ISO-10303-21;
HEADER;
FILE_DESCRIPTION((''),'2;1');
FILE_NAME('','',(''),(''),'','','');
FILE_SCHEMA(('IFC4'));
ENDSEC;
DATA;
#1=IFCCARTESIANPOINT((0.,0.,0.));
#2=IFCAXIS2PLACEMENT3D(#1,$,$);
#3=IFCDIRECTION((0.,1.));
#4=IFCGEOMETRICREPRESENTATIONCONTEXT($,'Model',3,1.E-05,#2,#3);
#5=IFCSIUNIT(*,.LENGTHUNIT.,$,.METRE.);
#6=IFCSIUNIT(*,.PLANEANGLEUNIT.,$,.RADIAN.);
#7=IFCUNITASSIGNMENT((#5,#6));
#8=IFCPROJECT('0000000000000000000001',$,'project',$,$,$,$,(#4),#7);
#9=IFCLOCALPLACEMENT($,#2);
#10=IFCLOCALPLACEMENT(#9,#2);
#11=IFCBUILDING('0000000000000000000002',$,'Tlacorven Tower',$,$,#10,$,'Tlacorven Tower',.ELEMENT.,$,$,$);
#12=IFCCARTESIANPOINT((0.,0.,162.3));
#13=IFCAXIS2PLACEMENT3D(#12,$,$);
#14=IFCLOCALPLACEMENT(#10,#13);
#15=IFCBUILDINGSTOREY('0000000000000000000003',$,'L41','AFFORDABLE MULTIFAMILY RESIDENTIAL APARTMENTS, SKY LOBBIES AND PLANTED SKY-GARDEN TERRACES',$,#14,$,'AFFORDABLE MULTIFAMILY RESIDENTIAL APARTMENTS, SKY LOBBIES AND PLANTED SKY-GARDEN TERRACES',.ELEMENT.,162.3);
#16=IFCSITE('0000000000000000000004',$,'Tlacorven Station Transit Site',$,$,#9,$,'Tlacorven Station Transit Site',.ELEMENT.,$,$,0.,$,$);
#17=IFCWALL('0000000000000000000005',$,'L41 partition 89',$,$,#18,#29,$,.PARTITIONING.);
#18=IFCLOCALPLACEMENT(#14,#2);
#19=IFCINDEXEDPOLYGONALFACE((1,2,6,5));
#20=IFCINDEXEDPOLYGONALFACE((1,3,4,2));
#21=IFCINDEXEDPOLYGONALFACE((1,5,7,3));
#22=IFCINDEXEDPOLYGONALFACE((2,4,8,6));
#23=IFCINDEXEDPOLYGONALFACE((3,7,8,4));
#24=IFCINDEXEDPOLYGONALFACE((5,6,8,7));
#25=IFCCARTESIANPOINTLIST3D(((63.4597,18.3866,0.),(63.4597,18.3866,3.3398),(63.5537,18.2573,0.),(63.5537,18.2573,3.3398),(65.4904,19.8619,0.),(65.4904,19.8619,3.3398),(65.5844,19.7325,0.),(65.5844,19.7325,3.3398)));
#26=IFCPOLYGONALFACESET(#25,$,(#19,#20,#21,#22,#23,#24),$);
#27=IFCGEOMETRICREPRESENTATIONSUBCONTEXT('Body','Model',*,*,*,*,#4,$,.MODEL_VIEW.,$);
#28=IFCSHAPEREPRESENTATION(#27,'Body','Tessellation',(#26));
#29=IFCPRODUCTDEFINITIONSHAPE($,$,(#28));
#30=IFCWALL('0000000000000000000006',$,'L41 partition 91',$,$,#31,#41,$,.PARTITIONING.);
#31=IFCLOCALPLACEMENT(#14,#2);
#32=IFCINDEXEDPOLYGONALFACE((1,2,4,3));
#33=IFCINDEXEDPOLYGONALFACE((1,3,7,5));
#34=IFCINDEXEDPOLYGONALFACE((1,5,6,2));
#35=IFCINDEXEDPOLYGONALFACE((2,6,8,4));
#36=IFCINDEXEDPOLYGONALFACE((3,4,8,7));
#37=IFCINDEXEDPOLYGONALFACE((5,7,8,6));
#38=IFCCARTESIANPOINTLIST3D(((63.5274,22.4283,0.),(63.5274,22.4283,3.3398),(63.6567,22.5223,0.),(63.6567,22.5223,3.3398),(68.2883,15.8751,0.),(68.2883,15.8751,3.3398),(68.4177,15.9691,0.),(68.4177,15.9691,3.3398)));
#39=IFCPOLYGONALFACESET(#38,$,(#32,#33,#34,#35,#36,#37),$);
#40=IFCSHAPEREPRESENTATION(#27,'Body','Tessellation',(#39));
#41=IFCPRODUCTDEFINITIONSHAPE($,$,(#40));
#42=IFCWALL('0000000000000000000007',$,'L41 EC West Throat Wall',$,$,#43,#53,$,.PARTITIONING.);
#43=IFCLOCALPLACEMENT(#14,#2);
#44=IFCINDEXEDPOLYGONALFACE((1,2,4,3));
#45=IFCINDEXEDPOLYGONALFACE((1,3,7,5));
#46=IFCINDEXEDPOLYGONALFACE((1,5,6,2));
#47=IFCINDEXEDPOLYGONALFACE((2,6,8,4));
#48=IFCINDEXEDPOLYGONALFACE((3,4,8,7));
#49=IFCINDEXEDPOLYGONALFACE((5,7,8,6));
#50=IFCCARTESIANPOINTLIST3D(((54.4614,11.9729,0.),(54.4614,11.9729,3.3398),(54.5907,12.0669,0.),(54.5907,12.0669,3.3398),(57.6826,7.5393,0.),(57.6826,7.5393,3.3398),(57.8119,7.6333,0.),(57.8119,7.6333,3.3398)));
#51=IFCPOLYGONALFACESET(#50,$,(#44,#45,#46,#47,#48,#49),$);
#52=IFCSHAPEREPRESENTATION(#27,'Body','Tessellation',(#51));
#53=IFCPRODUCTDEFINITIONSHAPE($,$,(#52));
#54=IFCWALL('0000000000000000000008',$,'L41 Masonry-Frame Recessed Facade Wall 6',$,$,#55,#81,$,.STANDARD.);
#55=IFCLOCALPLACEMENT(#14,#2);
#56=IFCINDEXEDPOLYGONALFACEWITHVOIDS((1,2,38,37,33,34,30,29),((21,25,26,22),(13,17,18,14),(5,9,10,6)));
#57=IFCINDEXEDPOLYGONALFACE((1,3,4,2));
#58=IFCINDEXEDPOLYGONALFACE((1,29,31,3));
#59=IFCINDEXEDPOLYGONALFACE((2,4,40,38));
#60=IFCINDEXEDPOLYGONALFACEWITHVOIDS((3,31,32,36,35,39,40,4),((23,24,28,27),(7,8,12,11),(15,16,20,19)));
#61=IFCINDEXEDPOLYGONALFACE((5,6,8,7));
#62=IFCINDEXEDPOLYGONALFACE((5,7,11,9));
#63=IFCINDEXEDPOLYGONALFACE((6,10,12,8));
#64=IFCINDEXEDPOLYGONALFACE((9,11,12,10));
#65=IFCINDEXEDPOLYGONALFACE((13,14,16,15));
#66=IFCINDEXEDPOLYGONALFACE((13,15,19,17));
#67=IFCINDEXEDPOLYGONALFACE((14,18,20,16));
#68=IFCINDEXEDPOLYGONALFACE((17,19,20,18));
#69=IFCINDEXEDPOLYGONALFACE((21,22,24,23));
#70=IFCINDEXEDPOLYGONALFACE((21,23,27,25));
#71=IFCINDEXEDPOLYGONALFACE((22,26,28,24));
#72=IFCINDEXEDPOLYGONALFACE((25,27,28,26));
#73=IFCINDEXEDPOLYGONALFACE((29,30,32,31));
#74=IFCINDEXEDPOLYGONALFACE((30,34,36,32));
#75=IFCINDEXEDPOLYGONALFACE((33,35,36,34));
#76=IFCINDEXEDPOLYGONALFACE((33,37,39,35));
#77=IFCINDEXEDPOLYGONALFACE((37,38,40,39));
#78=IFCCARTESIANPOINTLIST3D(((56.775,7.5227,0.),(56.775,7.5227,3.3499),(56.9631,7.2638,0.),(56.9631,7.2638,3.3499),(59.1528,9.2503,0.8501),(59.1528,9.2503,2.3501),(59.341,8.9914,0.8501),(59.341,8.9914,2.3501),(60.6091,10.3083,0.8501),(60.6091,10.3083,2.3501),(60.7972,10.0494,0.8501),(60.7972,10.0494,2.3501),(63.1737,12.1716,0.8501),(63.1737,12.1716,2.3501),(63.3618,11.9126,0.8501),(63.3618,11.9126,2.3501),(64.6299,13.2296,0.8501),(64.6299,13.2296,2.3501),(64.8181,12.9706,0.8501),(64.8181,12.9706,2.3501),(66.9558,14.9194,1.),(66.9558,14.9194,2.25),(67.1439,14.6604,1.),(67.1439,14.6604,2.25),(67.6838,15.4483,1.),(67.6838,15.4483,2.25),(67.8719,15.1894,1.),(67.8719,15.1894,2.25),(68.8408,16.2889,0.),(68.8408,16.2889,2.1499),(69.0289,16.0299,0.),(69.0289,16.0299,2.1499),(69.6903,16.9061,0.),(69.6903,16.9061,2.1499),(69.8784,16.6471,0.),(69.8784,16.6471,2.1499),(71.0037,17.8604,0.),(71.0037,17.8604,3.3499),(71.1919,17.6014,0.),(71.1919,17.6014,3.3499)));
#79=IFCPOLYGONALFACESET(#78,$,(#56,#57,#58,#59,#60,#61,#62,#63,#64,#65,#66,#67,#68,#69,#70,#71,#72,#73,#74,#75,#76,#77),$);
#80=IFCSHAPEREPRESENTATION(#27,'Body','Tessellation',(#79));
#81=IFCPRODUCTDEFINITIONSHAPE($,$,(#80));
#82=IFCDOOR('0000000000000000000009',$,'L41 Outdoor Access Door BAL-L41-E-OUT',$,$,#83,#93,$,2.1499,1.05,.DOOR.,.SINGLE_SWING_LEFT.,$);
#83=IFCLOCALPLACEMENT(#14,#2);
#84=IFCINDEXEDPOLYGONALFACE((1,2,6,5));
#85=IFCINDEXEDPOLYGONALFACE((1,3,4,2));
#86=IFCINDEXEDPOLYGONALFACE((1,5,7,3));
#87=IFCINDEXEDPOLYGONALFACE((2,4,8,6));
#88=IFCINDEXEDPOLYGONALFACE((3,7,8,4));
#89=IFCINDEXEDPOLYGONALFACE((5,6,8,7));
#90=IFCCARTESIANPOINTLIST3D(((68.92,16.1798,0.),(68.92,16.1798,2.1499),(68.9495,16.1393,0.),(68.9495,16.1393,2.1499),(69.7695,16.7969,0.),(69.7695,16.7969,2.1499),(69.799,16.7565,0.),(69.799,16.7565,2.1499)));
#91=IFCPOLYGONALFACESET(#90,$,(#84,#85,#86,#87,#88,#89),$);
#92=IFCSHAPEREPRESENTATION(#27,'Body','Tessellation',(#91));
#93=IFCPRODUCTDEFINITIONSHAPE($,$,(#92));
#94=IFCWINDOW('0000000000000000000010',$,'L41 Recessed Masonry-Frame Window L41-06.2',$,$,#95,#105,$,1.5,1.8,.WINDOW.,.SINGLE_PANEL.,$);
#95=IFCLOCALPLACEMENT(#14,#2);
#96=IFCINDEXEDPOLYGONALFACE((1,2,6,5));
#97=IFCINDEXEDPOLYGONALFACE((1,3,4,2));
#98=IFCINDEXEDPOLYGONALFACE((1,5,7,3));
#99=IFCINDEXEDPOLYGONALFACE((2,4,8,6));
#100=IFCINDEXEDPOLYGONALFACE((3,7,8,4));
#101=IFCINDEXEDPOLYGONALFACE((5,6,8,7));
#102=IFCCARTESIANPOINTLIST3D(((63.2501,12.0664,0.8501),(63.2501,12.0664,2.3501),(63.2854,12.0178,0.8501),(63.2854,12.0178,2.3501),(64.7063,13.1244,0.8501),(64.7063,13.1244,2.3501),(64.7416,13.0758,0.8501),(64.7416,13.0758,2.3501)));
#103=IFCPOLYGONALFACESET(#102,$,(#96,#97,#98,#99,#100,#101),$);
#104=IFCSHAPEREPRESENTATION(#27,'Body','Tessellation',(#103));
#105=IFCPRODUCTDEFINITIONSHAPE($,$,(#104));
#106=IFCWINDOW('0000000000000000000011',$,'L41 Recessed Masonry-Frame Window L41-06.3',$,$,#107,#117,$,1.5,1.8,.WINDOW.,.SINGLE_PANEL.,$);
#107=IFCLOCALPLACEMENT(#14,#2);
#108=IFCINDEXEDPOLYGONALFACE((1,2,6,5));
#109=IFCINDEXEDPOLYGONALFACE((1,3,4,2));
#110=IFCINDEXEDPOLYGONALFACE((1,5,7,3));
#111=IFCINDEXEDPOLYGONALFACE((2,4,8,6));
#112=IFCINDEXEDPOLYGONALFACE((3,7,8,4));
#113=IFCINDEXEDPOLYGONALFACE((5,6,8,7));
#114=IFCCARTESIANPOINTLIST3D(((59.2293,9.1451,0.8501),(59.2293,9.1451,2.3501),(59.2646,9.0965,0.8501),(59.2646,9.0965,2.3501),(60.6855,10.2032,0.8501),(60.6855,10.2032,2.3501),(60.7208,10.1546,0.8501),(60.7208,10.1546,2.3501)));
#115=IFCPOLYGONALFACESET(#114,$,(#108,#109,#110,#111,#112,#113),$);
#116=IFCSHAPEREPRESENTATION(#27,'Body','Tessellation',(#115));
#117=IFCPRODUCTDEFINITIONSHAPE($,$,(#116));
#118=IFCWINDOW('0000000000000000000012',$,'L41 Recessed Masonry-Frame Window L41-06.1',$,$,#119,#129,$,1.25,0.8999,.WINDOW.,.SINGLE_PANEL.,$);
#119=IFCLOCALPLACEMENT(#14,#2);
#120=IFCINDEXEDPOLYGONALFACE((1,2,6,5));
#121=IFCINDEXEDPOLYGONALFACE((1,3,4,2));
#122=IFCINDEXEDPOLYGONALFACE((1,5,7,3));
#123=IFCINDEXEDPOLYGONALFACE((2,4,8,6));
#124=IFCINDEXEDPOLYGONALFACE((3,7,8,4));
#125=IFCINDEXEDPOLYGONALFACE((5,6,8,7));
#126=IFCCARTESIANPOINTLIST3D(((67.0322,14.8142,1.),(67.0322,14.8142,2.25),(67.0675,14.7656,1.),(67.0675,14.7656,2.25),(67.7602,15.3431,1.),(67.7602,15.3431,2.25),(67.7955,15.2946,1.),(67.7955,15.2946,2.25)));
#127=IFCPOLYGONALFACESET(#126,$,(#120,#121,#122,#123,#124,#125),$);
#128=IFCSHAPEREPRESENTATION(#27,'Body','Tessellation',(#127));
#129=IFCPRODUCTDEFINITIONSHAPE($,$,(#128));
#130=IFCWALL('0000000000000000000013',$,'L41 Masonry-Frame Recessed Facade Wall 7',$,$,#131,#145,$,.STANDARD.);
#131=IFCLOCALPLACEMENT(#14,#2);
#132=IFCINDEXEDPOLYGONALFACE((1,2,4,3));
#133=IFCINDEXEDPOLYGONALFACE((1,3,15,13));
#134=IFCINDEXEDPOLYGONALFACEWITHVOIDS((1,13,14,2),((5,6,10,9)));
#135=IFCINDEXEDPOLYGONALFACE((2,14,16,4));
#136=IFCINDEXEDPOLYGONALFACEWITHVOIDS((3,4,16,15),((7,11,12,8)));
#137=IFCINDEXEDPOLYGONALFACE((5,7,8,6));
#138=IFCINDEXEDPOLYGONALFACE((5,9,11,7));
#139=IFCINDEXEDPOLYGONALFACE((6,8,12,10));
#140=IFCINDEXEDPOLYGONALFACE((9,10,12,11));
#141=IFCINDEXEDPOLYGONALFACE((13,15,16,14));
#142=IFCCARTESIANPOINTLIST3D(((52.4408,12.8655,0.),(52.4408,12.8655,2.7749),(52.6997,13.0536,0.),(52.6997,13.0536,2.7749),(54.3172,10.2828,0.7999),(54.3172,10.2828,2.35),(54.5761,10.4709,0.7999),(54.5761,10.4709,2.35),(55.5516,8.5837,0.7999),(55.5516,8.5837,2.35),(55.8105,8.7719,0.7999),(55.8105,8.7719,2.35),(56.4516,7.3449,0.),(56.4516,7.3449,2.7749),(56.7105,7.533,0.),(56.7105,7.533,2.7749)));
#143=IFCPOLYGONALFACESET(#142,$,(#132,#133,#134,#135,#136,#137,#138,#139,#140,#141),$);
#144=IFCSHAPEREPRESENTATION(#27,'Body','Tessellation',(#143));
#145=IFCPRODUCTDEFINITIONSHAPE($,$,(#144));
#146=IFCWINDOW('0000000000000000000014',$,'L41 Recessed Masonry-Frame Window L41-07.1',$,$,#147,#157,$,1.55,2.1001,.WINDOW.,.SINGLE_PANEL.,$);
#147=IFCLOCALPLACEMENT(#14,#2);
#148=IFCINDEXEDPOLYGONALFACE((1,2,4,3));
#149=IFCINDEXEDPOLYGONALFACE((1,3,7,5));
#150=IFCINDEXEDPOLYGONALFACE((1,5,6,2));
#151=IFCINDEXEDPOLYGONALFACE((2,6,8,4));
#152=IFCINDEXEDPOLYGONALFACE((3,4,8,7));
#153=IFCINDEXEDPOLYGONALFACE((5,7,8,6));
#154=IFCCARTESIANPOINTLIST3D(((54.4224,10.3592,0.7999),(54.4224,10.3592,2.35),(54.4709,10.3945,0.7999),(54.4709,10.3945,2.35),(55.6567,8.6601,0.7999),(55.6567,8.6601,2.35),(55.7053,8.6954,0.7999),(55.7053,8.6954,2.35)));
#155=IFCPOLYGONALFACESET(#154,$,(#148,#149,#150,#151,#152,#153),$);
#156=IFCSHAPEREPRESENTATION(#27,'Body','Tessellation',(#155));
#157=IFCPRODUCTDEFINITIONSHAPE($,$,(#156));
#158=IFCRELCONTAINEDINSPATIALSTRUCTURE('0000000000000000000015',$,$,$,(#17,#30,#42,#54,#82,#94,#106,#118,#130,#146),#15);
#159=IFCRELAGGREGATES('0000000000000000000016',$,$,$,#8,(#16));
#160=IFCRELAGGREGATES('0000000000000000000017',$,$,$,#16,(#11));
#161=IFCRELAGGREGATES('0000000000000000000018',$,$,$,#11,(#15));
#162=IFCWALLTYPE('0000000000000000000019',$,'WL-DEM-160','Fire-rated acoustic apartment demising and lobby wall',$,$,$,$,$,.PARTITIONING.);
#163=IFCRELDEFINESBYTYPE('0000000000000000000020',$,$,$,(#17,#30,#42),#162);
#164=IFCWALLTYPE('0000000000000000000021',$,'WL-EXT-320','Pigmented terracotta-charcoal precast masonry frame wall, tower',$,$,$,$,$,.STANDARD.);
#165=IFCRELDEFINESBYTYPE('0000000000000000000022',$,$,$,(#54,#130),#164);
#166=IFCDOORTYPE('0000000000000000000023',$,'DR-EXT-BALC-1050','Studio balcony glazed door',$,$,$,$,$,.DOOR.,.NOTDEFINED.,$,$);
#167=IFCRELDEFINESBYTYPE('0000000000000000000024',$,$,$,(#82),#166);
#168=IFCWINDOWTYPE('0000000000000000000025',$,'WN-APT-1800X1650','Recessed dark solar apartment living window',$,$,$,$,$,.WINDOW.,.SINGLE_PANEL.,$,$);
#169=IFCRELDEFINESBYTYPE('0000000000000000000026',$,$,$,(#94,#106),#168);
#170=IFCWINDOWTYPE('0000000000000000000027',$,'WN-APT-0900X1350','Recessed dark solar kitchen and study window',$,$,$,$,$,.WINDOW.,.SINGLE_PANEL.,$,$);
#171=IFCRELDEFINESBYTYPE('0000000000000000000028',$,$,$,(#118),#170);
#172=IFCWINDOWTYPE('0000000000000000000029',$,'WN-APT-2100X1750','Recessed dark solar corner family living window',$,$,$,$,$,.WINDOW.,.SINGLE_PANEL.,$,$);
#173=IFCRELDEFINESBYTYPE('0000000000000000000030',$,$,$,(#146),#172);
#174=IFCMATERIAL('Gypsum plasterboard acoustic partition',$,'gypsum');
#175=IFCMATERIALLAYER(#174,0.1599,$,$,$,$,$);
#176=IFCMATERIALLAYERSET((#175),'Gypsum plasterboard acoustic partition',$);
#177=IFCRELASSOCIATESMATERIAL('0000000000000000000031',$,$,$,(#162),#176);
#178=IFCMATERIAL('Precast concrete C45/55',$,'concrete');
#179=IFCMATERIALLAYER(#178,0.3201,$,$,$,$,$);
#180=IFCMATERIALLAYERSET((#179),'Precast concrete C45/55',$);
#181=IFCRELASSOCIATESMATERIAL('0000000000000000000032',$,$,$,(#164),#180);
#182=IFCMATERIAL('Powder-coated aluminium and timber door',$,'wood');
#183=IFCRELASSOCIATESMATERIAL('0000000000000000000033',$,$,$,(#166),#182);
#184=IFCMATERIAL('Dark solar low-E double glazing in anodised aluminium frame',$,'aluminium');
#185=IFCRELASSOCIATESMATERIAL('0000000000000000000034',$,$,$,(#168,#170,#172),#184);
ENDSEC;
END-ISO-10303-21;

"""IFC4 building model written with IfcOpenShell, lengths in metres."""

from ifc_helpers import new_model, si_unit, direction, frame, frame_2d, origin, place, context, subcontext, project, spatial, rectangle, extrude, source, transform, mapped, material, layer, layer_set, type_object, element, fill, save


model = new_model("IFC4")

# Units and contexts
model_context = context("Model", 3, precision=1e-05, world=origin(), true_north=direction((0.0, 1.0)))
body_context = subcontext(model_context, "Body", "Model", "MODEL_VIEW")
ifc_project = project(units=[si_unit("LENGTHUNIT", "METRE"), si_unit("PLANEANGLEUNIT", "RADIAN")], contexts=[model_context])

# Site, building, storey
site_placement = place(None, origin())
site = spatial("IfcSite", under=ifc_project, at=site_placement, Name="Tlacorven Station Transit Site", LongName="Tlacorven Station Transit Site", CompositionType="ELEMENT", RefElevation=0.0)
building_placement = place(site_placement, origin())
building = spatial("IfcBuilding", under=site, at=building_placement, Name="Tlacorven Tower", LongName="Tlacorven Tower", CompositionType="ELEMENT")
storey_placement = place(building_placement, frame((0.0, 0.0, 162.3)))
storey = spatial("IfcBuildingStorey", under=building, at=storey_placement, Name="L41", Description="AFFORDABLE MULTIFAMILY RESIDENTIAL APARTMENTS, SKY LOBBIES AND PLANTED SKY-GARDEN TERRACES", LongName="AFFORDABLE MULTIFAMILY RESIDENTIAL APARTMENTS, SKY LOBBIES AND PLANTED SKY-GARDEN TERRACES", CompositionType="ELEMENT", Elevation=162.3)

# Walls
ifc_material_1 = material(Name="Gypsum plasterboard acoustic partition", Category="gypsum")
ifc_layer_1 = layer(ifc_material_1, 0.1599)
ifc_layer_set_1 = layer_set([ifc_layer_1], Name="Gypsum plasterboard acoustic partition")
wall_type_1 = type_object("IfcWallType", Name="WL-DEM-160", Description="Fire-rated acoustic apartment demising and lobby wall", PredefinedType="PARTITIONING", material=ifc_layer_set_1)
wall_1_placement = place(storey_placement, frame((63.5068, 18.322, 0.0), z_axis=(0.0, 0.0, 1.0), x_axis=(0.809035, 0.587761, 0.0)))
element("IfcWall", 1, at=wall_1_placement, inside=storey, type_object=wall_type_1, Name="L41 partition 89", PredefinedType="PARTITIONING", context=body_context, shape_type="SweptSolid", body=[
    extrude(rectangle(XDim=2.51, YDim=0.1599, at=frame_2d((1.2549, 0.0))), origin(), (0.0, 0.0, 1.0), 3.3398),
])
wall_2_placement = place(storey_placement, frame((68.353, 15.9221, 0.0), z_axis=(0.0, 0.0, 1.0), x_axis=(-0.587768, 0.809029, 0.0)))
element("IfcWall", 2, at=wall_2_placement, inside=storey, type_object=wall_type_1, Name="L41 partition 91", PredefinedType="PARTITIONING", context=body_context, shape_type="SweptSolid", body=[
    extrude(rectangle(XDim=8.1001, YDim=0.1599, at=frame_2d((4.05, 0.0))), origin(), (0.0, 0.0, 1.0), 3.3398),
])
wall_3_placement = place(storey_placement, frame((57.7473, 7.5862, 0.0), z_axis=(0.0, 0.0, 1.0), x_axis=(-0.587785, 0.809017, 0.0)))
element("IfcWall", 3, at=wall_3_placement, inside=storey, type_object=wall_type_1, Name="L41 EC West Throat Wall", PredefinedType="PARTITIONING", context=body_context, shape_type="SweptSolid", body=[
    extrude(rectangle(XDim=5.4802, YDim=0.1599, at=frame_2d((2.7402, 0.0))), origin(), (0.0, 0.0, 1.0), 3.3398),
])

# Wall, openings, door, windows
ifc_material_2 = material(Name="Precast concrete C45/55", Category="concrete")
ifc_layer_2 = layer(ifc_material_2, 0.3201)
ifc_layer_set_2 = layer_set([ifc_layer_2], Name="Precast concrete C45/55")
wall_type_2 = type_object("IfcWallType", Name="WL-EXT-320", Description="Pigmented terracotta-charcoal precast masonry frame wall, tower", PredefinedType="STANDARD", material=ifc_layer_set_2)
wall_4_placement = place(storey_placement, frame((71.0979, 17.731, 0.0), z_axis=(0.0, 0.0, 1.0), x_axis=(-0.809021, -0.58778, 0.0)))
wall_4 = element("IfcWall", 4, at=wall_4_placement, inside=storey, type_object=wall_type_2, Name="L41 Masonry-Frame Recessed Facade Wall 6", PredefinedType="STANDARD", context=body_context, shape_type="SweptSolid", body=[
    extrude(rectangle(XDim=17.5876, YDim=0.3201, at=frame_2d((8.7939, 0.0))), origin(), (0.0, 0.0, 1.0), 3.3499),
])
opening_1_placement = place(wall_4_placement, frame((1.6238, 0.0, 0.0)))
opening_1 = element("IfcOpeningElement", 5, at=opening_1_placement, cuts=wall_4, PredefinedType="OPENING", context=body_context, shape_type="SweptSolid", body=[
    extrude(rectangle(XDim=1.05, YDim=2.1499, at=frame_2d((0.5249, 1.075))), frame((0.0, 0.1699, 0.0), z_axis=(0.0, -1.0, 0.0), x_axis=(1.0, 0.0, 0.0)), (0.0, 0.0, 1.0), 0.3401),
])
opening_2_placement = place(wall_4_placement, frame((4.1038, 0.0, 1.0)))
opening_2 = element("IfcOpeningElement", 6, at=opening_2_placement, cuts=wall_4, PredefinedType="OPENING", context=body_context, shape_type="SweptSolid", body=[
    extrude(rectangle(XDim=0.8999, YDim=1.25, at=frame_2d((0.45, 0.625))), frame((0.0, 0.1699, 0.0), z_axis=(0.0, -1.0, 0.0), x_axis=(1.0, 0.0, 0.0)), (0.0, 0.0, 1.0), 0.3401),
])
opening_3_placement = place(wall_4_placement, frame((7.8787, 0.0, 0.8501)))
opening_3 = element("IfcOpeningElement", 7, at=opening_3_placement, cuts=wall_4, PredefinedType="OPENING", context=body_context, shape_type="SweptSolid", body=[
    extrude(rectangle(XDim=1.8, YDim=1.5, at=frame_2d((0.8999, 0.75))), frame((0.0, 0.1699, 0.0), z_axis=(0.0, -1.0, 0.0), x_axis=(1.0, 0.0, 0.0)), (0.0, 0.0, 1.0), 0.3401),
])
opening_4_placement = place(wall_4_placement, frame((12.8486, 0.0, 0.8501)))
opening_4 = element("IfcOpeningElement", 8, at=opening_4_placement, cuts=wall_4, PredefinedType="OPENING", context=body_context, shape_type="SweptSolid", body=[
    extrude(rectangle(XDim=1.8, YDim=1.5, at=frame_2d((0.8999, 0.75))), frame((0.0, 0.1699, 0.0), z_axis=(0.0, -1.0, 0.0), x_axis=(1.0, 0.0, 0.0)), (0.0, 0.0, 1.0), 0.3401),
])
ifc_material_3 = material(Name="Powder-coated aluminium and timber door", Category="wood")
door_type_1 = type_object("IfcDoorType", Name="DR-EXT-BALC-1050", Description="Studio balcony glazed door", OperationType="NOTDEFINED", PredefinedType="DOOR", material=ifc_material_3)
shared_shape_1 = source(origin(), body_context, "Body", "SweptSolid", [
    extrude(rectangle(XDim=1.05, YDim=2.1499, at=frame_2d((0.5249, 1.075))), frame((0.0, 0.0249, 0.0), z_axis=(0.0, -1.0, 0.0), x_axis=(1.0, 0.0, 0.0)), (0.0, 0.0, 1.0), 0.05),
])
door_1_placement = place(opening_1_placement, origin())
door_1 = element("IfcDoor", 9, at=door_1_placement, inside=storey, type_object=door_type_1, Name="L41 Outdoor Access Door BAL-L41-E-OUT", OperationType="SINGLE_SWING_LEFT", OverallHeight=2.1499, OverallWidth=1.05, PredefinedType="DOOR", context=body_context, shape_type="MappedRepresentation", body=[
    mapped(shared_shape_1, transform((0.0, 0.0, 0.0), scale=1.0)),
])
fill(opening_1, door_1)
ifc_material_4 = material(Name="Dark solar low-E double glazing in anodised aluminium frame", Category="aluminium")
window_type_1 = type_object("IfcWindowType", Name="WN-APT-1800X1650", Description="Recessed dark solar apartment living window", PartitioningType="SINGLE_PANEL", PredefinedType="WINDOW", material=ifc_material_4)
shared_shape_2 = source(origin(), body_context, "Body", "SweptSolid", [
    extrude(rectangle(XDim=1.8, YDim=1.5, at=frame_2d((0.8999, 0.75))), frame((0.0, 0.03, 0.0), z_axis=(0.0, -1.0, 0.0), x_axis=(1.0, 0.0, 0.0)), (0.0, 0.0, 1.0), 0.0601),
])
window_1_placement = place(opening_3_placement, origin())
window_1 = element("IfcWindow", 10, at=window_1_placement, inside=storey, type_object=window_type_1, Name="L41 Recessed Masonry-Frame Window L41-06.2", OverallHeight=1.5, OverallWidth=1.8, PartitioningType="SINGLE_PANEL", PredefinedType="WINDOW", context=body_context, shape_type="MappedRepresentation", body=[
    mapped(shared_shape_2, transform((0.0, 0.0, 0.0), scale=1.0)),
])
fill(opening_3, window_1)
window_2_placement = place(opening_4_placement, origin())
window_2 = element("IfcWindow", 11, at=window_2_placement, inside=storey, type_object=window_type_1, Name="L41 Recessed Masonry-Frame Window L41-06.3", OverallHeight=1.5, OverallWidth=1.8, PartitioningType="SINGLE_PANEL", PredefinedType="WINDOW", context=body_context, shape_type="MappedRepresentation", body=[
    mapped(shared_shape_2, transform((0.0, 0.0, 0.0), scale=1.0)),
])
fill(opening_4, window_2)
window_type_2 = type_object("IfcWindowType", Name="WN-APT-0900X1350", Description="Recessed dark solar kitchen and study window", PartitioningType="SINGLE_PANEL", PredefinedType="WINDOW", material=ifc_material_4)
shared_shape_3 = source(origin(), body_context, "Body", "SweptSolid", [
    extrude(rectangle(XDim=0.8999, YDim=1.25, at=frame_2d((0.45, 0.625))), frame((0.0, 0.03, 0.0), z_axis=(0.0, -1.0, 0.0), x_axis=(1.0, 0.0, 0.0)), (0.0, 0.0, 1.0), 0.0601),
])
window_3_placement = place(opening_2_placement, origin())
window_3 = element("IfcWindow", 12, at=window_3_placement, inside=storey, type_object=window_type_2, Name="L41 Recessed Masonry-Frame Window L41-06.1", OverallHeight=1.25, OverallWidth=0.8999, PartitioningType="SINGLE_PANEL", PredefinedType="WINDOW", context=body_context, shape_type="MappedRepresentation", body=[
    mapped(shared_shape_3, transform((0.0, 0.0, 0.0), scale=1.0)),
])
fill(opening_2, window_3)

# Wall, opening, window
wall_5_placement = place(storey_placement, frame((56.5811, 7.439, 0.0), z_axis=(0.0, 0.0, 1.0), x_axis=(-0.587772, 0.809027, 0.0)))
wall_5 = element("IfcWall", 13, at=wall_5_placement, inside=storey, type_object=wall_type_2, Name="L41 Masonry-Frame Recessed Facade Wall 7", PredefinedType="STANDARD", context=body_context, shape_type="SweptSolid", body=[
    extrude(rectangle(XDim=6.8237, YDim=0.3201, at=frame_2d((3.4119, 0.0))), origin(), (0.0, 0.0, 1.0), 2.7749),
])
opening_5_placement = place(wall_5_placement, frame((1.5312, 0.0, 0.8)))
opening_5 = element("IfcOpeningElement", 14, at=opening_5_placement, cuts=wall_5, PredefinedType="OPENING", context=body_context, shape_type="SweptSolid", body=[
    extrude(rectangle(XDim=2.1001, YDim=1.55, at=frame_2d((1.05, 0.7749))), frame((0.0, 0.1699, 0.0), z_axis=(0.0, -1.0, 0.0), x_axis=(1.0, 0.0, 0.0)), (0.0, 0.0, 1.0), 0.3401),
])
window_type_3 = type_object("IfcWindowType", Name="WN-APT-2100X1750", Description="Recessed dark solar corner family living window", PartitioningType="SINGLE_PANEL", PredefinedType="WINDOW", material=ifc_material_4)
shared_shape_4 = source(origin(), body_context, "Body", "SweptSolid", [
    extrude(rectangle(XDim=2.1001, YDim=1.55, at=frame_2d((1.05, 0.7749))), frame((0.0, 0.03, 0.0), z_axis=(0.0, -1.0, 0.0), x_axis=(1.0, 0.0, 0.0)), (0.0, 0.0, 1.0), 0.0601),
])
window_4_placement = place(opening_5_placement, origin())
window_4 = element("IfcWindow", 15, at=window_4_placement, inside=storey, type_object=window_type_3, Name="L41 Recessed Masonry-Frame Window L41-07.1", OverallHeight=1.55, OverallWidth=2.1001, PartitioningType="SINGLE_PANEL", PredefinedType="WINDOW", context=body_context, shape_type="MappedRepresentation", body=[
    mapped(shared_shape_4, transform((0.0, 0.0, 0.0), scale=1.0)),
])
fill(opening_5, window_4)

save(model, "model.ifc")
